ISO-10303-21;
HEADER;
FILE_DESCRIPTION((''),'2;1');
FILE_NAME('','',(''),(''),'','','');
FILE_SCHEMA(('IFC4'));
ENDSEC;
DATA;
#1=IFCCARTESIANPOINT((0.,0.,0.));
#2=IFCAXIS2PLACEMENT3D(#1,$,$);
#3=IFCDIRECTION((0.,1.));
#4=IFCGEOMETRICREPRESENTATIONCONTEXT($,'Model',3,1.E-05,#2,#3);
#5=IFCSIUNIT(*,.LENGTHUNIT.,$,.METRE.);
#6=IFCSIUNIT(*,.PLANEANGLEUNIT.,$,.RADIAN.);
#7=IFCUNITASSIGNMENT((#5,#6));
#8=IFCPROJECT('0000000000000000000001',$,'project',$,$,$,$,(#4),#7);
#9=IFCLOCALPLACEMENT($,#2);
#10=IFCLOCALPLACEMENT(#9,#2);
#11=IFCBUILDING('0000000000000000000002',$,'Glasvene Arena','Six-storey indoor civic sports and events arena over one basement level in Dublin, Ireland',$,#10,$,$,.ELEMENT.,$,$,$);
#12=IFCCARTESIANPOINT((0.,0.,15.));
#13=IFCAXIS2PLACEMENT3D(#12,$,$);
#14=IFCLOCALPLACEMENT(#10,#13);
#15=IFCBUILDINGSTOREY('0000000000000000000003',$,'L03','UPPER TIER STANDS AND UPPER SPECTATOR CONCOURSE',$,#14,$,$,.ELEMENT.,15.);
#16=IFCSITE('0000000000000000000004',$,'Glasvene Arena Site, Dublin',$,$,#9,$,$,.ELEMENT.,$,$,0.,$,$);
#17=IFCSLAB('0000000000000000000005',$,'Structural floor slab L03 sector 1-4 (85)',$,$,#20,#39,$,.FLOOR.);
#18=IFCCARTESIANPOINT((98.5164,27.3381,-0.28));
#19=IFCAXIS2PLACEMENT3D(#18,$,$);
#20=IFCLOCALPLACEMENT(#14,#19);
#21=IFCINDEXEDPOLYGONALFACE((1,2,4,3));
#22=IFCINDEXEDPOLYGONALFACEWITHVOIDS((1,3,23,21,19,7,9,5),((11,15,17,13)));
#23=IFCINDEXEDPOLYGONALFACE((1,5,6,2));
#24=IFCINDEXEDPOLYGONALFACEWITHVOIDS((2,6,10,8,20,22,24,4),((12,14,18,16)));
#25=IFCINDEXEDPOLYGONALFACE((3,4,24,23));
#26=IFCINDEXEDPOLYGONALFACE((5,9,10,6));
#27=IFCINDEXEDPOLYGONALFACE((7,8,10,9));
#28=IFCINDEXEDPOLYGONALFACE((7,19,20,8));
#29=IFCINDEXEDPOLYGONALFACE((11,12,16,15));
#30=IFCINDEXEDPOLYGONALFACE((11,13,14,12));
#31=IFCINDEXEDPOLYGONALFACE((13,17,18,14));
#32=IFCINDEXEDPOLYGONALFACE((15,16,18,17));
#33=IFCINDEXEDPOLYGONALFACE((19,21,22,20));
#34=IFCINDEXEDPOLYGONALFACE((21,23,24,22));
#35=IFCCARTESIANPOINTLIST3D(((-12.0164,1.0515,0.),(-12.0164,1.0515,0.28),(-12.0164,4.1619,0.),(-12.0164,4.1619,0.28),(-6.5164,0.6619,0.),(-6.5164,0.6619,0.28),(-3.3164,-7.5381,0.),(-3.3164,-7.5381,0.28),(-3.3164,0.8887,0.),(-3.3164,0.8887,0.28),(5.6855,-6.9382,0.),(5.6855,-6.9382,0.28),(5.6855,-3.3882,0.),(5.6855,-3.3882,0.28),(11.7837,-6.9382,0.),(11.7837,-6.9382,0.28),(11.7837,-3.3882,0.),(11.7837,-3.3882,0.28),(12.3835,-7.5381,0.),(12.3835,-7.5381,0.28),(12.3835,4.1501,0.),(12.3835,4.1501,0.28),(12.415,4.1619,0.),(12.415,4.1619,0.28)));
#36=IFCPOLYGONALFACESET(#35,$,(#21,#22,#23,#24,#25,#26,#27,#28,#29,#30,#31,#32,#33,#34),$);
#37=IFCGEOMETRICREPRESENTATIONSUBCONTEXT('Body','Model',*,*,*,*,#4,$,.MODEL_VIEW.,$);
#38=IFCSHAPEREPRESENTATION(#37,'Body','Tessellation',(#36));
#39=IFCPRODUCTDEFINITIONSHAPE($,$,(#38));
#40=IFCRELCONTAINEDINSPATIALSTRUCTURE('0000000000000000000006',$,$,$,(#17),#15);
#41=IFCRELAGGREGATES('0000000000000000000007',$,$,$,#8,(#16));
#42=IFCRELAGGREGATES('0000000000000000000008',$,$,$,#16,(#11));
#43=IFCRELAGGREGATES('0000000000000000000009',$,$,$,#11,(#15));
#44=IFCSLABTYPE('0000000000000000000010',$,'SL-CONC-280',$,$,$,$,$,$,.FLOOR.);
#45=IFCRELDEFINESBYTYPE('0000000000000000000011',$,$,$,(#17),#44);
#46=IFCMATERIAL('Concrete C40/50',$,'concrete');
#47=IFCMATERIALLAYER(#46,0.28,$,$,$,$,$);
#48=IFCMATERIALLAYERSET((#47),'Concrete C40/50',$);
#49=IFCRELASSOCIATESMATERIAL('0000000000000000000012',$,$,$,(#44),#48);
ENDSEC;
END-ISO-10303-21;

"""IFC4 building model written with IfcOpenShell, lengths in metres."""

from ifc_helpers import new_model, si_unit, direction, frame, origin, place, context, subcontext, project, spatial, polyline, outline, extrude, material, layer, layer_set, type_object, element, save


model = new_model("IFC4")

# Units and contexts
model_context = context("Model", 3, precision=1e-05, world=origin(), true_north=direction((0.0, 1.0)))
body_context = subcontext(model_context, "Body", "Model", "MODEL_VIEW")
ifc_project = project(units=[si_unit("LENGTHUNIT", "METRE"), si_unit("PLANEANGLEUNIT", "RADIAN")], contexts=[model_context])

# Site, building, storey
site_placement = place(None, origin())
site = spatial("IfcSite", under=ifc_project, at=site_placement, Name="Glasvene Arena Site, Dublin", CompositionType="ELEMENT", RefElevation=0.0)
building_placement = place(site_placement, origin())
building = spatial("IfcBuilding", under=site, at=building_placement, Name="Glasvene Arena", Description="Six-storey indoor civic sports and events arena over one basement level in Dublin, Ireland", CompositionType="ELEMENT")
storey_placement = place(building_placement, frame((0.0, 0.0, 15.0)))
storey = spatial("IfcBuildingStorey", under=building, at=storey_placement, Name="L03", Description="UPPER TIER STANDS AND UPPER SPECTATOR CONCOURSE", CompositionType="ELEMENT", Elevation=15.0)

# Slab
ifc_material_1 = material(Name="Concrete C40/50", Category="concrete")
ifc_layer_1 = layer(ifc_material_1, 0.28)
ifc_layer_set_1 = layer_set([ifc_layer_1], Name="Concrete C40/50")
slab_type = type_object("IfcSlabType", Name="SL-CONC-280", PredefinedType="FLOOR", material=ifc_layer_set_1)
slab_placement = place(storey_placement, frame((98.5164, 27.3381, -0.28)))
element("IfcSlab", 1, at=slab_placement, inside=storey, type_object=slab_type, Name="Structural floor slab L03 sector 1-4 (85)", PredefinedType="FLOOR", context=body_context, shape_type="SweptSolid", body=[
    extrude(outline(polyline([(12.3835, -7.5381), (-3.3164, -7.5381), (-3.3164, 0.8887), (-6.5164, 0.6619), (-12.0164, 1.0515), (-12.0164, 4.1619), (12.415, 4.1619), (12.3835, 4.1501), (12.3835, -7.5381)]), holes=[polyline([(11.7837, -3.3882), (5.6855, -3.3882), (5.6855, -6.9382), (11.7837, -6.9382), (11.7837, -3.3882)])]), origin(), (0.0, 0.0, 1.0), 0.28),
])

save(model, "model.ifc")
